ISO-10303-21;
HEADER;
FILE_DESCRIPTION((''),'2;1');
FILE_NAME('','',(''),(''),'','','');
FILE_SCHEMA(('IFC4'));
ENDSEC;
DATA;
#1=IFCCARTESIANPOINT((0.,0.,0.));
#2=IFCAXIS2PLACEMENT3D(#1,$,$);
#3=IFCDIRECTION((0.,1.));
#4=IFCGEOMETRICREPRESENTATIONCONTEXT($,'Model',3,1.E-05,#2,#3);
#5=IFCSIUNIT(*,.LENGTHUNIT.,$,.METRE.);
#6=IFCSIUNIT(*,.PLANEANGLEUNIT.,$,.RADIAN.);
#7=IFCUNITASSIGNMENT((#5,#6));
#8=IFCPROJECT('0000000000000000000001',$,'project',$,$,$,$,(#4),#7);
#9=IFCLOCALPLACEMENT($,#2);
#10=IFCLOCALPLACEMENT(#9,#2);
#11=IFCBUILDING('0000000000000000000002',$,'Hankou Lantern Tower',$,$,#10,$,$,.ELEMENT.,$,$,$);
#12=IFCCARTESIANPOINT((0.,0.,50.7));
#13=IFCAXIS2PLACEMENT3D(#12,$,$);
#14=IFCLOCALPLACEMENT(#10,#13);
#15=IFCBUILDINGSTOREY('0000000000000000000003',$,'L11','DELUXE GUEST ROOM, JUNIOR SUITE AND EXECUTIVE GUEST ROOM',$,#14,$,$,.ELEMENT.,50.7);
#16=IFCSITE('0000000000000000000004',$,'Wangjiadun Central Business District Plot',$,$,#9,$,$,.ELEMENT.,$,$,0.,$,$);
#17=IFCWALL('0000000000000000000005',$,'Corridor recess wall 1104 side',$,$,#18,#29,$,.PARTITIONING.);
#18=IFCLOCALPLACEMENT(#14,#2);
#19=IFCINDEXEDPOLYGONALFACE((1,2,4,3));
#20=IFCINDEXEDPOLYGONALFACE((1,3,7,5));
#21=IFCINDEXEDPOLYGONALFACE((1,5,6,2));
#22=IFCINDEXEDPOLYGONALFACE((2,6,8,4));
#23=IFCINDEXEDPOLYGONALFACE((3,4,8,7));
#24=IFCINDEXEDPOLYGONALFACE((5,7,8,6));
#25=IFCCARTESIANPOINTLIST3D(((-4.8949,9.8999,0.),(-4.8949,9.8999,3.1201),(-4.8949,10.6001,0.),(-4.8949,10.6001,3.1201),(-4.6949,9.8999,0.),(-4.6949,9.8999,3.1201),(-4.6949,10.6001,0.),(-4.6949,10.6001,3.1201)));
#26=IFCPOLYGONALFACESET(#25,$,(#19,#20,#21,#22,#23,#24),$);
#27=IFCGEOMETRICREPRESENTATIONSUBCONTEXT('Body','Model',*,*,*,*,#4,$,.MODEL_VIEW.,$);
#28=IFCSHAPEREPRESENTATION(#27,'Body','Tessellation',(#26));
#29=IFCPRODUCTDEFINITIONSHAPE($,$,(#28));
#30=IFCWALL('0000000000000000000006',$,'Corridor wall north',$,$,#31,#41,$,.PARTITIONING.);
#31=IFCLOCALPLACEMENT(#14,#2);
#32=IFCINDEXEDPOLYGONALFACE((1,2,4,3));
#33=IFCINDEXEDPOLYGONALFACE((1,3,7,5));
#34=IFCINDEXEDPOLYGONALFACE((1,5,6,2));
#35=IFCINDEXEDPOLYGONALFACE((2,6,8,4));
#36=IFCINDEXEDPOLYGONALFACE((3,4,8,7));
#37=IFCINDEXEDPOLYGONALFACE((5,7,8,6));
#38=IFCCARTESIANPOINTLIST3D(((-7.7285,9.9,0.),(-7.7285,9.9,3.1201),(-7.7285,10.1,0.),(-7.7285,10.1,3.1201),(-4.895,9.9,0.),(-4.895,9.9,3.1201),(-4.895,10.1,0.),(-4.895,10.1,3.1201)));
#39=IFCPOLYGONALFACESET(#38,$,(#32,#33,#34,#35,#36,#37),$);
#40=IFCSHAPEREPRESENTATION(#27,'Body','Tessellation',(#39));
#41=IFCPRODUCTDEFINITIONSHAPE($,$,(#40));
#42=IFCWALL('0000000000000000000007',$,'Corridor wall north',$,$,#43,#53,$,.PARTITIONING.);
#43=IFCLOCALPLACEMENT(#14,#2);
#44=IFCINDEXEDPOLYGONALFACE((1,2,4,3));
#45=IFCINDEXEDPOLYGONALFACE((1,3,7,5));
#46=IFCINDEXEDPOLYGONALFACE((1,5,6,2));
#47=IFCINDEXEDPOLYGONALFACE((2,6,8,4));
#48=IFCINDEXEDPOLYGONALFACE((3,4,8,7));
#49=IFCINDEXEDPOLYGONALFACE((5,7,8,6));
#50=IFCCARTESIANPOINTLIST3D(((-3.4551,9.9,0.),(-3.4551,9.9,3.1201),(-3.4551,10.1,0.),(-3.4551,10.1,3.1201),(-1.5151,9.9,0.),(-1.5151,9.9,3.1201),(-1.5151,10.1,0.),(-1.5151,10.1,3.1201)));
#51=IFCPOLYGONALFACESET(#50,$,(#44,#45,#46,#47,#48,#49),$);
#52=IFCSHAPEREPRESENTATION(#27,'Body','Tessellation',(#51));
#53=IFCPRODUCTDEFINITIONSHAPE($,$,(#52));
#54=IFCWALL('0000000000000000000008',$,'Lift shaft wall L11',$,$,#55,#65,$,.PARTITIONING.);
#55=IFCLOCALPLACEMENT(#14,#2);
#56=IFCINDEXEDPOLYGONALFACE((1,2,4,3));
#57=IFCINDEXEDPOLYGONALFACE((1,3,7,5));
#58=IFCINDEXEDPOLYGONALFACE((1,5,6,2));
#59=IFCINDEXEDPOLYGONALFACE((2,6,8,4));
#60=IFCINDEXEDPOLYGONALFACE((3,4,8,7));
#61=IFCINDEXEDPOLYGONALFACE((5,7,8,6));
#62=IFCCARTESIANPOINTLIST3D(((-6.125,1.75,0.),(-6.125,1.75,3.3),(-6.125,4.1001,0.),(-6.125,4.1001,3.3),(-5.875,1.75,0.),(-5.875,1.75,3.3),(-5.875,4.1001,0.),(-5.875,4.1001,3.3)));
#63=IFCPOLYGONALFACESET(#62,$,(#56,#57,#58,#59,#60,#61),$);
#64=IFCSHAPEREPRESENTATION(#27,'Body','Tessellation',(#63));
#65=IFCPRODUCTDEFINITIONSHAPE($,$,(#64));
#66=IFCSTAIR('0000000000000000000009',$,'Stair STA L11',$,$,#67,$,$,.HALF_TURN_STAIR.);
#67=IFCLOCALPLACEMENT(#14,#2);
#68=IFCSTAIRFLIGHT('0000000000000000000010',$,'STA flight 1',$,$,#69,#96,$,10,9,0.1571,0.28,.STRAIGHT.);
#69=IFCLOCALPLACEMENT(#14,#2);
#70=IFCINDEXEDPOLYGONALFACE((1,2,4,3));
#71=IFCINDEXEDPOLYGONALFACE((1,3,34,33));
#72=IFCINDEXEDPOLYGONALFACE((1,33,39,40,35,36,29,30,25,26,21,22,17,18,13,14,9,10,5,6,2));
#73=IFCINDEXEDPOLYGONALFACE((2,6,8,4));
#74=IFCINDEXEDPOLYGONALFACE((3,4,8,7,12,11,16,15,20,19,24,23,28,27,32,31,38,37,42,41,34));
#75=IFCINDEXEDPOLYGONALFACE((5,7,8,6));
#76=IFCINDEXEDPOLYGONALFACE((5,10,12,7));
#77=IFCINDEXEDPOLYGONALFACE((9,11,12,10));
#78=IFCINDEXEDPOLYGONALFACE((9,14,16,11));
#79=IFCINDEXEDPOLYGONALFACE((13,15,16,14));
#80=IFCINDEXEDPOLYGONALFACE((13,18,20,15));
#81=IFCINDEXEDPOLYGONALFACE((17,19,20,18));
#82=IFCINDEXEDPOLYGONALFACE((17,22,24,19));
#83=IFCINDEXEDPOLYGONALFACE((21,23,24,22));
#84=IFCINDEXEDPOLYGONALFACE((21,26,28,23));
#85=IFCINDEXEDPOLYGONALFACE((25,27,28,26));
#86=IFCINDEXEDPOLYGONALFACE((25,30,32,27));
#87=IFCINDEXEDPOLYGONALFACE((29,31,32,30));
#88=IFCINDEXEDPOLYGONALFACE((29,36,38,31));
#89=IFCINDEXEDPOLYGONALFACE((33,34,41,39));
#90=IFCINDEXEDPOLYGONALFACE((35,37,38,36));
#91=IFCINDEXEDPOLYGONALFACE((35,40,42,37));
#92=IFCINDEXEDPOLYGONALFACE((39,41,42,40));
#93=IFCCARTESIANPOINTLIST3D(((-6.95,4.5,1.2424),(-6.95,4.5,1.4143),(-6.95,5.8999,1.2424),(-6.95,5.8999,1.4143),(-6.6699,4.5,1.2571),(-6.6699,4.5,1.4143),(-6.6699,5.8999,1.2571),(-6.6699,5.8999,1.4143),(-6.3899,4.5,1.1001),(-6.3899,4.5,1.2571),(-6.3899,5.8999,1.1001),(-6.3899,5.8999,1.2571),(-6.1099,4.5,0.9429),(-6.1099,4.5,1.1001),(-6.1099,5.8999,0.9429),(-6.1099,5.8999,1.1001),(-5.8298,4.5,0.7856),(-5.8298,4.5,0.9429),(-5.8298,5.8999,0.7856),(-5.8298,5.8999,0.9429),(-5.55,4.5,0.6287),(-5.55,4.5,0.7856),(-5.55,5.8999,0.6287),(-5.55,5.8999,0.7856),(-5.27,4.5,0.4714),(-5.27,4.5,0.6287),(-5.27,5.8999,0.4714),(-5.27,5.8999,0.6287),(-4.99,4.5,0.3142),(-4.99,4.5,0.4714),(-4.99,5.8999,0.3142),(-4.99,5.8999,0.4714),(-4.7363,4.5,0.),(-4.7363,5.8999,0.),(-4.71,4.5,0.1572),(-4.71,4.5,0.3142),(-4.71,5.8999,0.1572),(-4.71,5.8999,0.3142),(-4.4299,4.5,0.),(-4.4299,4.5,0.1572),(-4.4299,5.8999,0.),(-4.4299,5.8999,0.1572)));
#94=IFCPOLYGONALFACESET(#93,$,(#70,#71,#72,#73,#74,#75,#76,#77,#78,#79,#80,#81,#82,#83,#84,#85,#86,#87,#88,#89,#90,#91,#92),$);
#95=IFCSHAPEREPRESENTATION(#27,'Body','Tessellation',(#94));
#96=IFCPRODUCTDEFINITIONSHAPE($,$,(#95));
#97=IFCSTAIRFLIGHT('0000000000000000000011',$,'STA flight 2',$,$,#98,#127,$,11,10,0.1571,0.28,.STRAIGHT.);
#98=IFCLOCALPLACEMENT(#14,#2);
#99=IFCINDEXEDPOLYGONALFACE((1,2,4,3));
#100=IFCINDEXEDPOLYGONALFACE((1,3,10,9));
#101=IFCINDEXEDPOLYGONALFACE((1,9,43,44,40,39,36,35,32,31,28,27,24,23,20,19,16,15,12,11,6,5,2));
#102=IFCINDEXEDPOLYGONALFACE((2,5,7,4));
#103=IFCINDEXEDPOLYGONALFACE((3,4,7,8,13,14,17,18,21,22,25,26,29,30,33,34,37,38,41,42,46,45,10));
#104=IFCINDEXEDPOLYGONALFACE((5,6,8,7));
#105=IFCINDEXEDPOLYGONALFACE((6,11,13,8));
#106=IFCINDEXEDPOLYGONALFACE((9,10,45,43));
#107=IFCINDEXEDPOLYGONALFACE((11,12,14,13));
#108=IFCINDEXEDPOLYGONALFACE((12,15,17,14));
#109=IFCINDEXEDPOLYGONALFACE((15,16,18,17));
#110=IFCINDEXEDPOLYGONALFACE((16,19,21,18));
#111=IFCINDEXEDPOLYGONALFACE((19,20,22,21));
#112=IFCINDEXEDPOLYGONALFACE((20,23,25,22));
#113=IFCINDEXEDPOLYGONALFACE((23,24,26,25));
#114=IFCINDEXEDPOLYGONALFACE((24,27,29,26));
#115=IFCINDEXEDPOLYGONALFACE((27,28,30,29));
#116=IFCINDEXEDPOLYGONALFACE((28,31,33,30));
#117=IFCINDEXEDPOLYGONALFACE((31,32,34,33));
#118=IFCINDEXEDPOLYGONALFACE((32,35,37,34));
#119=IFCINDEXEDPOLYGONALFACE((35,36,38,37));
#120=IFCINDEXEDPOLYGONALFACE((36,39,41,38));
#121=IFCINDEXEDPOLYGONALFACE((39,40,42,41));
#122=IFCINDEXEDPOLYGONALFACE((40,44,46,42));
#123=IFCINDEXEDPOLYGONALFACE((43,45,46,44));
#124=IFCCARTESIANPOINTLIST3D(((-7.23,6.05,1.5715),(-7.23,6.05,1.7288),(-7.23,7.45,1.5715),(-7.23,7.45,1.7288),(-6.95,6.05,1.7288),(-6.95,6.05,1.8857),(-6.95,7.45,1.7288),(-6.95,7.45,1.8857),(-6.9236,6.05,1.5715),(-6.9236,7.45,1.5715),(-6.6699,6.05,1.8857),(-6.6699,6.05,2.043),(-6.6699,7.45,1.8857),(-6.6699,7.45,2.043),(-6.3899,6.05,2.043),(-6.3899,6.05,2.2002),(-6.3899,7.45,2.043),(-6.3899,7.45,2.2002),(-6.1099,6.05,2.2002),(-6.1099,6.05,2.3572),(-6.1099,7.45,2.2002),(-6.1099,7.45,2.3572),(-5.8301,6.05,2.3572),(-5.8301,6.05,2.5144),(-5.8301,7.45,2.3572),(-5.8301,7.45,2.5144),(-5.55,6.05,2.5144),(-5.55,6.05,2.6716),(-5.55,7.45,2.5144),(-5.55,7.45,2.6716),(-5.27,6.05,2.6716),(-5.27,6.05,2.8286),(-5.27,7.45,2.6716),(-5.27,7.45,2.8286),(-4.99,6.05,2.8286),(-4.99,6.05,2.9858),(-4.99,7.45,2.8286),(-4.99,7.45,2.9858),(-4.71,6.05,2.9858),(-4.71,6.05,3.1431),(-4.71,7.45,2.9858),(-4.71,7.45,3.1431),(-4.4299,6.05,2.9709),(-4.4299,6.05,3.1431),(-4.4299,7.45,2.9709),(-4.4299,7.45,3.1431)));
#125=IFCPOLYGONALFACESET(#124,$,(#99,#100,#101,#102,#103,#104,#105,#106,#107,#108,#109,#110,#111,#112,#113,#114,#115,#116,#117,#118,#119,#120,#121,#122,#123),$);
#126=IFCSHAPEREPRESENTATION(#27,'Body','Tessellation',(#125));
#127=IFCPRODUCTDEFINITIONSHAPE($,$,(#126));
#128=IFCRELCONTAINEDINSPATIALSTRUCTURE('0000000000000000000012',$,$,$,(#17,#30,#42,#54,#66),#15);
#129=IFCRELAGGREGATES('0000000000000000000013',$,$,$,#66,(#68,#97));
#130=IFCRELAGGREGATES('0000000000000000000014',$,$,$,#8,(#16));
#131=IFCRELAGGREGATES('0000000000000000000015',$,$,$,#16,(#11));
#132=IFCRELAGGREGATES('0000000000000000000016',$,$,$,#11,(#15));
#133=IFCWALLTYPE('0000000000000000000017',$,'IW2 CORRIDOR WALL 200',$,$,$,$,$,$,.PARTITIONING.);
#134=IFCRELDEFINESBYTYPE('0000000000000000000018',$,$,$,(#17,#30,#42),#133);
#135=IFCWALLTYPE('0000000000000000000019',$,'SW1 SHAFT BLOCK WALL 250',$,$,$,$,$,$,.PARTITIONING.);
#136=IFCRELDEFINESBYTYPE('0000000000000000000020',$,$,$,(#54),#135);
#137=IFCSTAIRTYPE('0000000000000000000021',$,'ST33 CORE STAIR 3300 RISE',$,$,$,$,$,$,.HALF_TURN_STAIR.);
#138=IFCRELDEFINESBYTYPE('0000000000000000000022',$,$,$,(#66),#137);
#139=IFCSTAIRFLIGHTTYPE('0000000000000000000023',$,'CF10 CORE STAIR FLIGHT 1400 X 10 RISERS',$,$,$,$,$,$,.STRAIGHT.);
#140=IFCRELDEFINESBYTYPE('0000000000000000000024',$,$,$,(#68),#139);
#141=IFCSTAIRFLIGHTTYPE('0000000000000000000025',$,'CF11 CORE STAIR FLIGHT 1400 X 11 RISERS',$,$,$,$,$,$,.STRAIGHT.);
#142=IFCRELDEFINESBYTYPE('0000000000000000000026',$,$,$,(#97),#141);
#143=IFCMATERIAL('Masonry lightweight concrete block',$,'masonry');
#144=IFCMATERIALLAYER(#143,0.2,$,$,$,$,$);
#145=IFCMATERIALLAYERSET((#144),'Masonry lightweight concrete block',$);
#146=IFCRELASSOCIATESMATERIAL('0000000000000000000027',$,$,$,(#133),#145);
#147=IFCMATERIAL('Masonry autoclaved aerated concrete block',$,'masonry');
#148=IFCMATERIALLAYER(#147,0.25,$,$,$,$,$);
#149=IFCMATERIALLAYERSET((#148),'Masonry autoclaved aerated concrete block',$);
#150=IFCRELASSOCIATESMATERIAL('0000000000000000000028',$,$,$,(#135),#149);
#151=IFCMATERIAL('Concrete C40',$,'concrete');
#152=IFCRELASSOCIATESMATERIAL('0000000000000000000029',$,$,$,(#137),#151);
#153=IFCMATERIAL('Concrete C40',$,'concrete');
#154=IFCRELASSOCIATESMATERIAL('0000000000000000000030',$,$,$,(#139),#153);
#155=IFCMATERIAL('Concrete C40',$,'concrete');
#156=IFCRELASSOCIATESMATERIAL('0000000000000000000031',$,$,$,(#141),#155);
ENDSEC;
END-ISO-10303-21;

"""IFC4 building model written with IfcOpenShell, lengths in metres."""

from ifc_helpers import new_model, si_unit, direction, frame, frame_2d, origin, place, context, subcontext, project, spatial, polyline, rectangle, outline, extrude, material, layer, layer_set, type_object, element, aggregate, save


model = new_model("IFC4")

# Units and contexts
model_context = context("Model", 3, precision=1e-05, world=origin(), true_north=direction((0.0, 1.0)))
body_context = subcontext(model_context, "Body", "Model", "MODEL_VIEW")
ifc_project = project(units=[si_unit("LENGTHUNIT", "METRE"), si_unit("PLANEANGLEUNIT", "RADIAN")], contexts=[model_context])

# Site, building, storey
site_placement = place(None, origin())
site = spatial("IfcSite", under=ifc_project, at=site_placement, Name="Wangjiadun Central Business District Plot", CompositionType="ELEMENT", RefElevation=0.0)
building_placement = place(site_placement, origin())
building = spatial("IfcBuilding", under=site, at=building_placement, Name="Hankou Lantern Tower", CompositionType="ELEMENT")
storey_placement = place(building_placement, frame((0.0, 0.0, 50.7)))
storey = spatial("IfcBuildingStorey", under=building, at=storey_placement, Name="L11", Description="DELUXE GUEST ROOM, JUNIOR SUITE AND EXECUTIVE GUEST ROOM", CompositionType="ELEMENT", Elevation=50.7)

# Walls
ifc_material_1 = material(Name="Masonry lightweight concrete block", Category="masonry")
ifc_layer_1 = layer(ifc_material_1, 0.2)
ifc_layer_set_1 = layer_set([ifc_layer_1], Name="Masonry lightweight concrete block")
wall_type_1 = type_object("IfcWallType", Name="IW2 CORRIDOR WALL 200", PredefinedType="PARTITIONING", material=ifc_layer_set_1)
wall_1_placement = place(storey_placement, frame((-4.7949, 9.8999, 0.0), z_axis=(0.0, 0.0, 1.0), x_axis=(0.0, 1.0, 0.0)))
element("IfcWall", 1, at=wall_1_placement, inside=storey, type_object=wall_type_1, Name="Corridor recess wall 1104 side", PredefinedType="PARTITIONING", context=body_context, shape_type="SweptSolid", body=[
    extrude(rectangle(XDim=0.7002, YDim=0.2, at=frame_2d((0.3501, 0.0))), origin(), (0.0, 0.0, 1.0), 3.1201),
])
wall_2_placement = place(storey_placement, frame((-7.7285, 10.0, 0.0), z_axis=(0.0, 0.0, 1.0), x_axis=(1.0, 0.0, 0.0)))
element("IfcWall", 2, at=wall_2_placement, inside=storey, type_object=wall_type_1, Name="Corridor wall north", PredefinedType="PARTITIONING", context=body_context, shape_type="SweptSolid", body=[
    extrude(rectangle(XDim=2.8335, YDim=0.2, at=frame_2d((1.4167, 0.0))), origin(), (0.0, 0.0, 1.0), 3.1201),
])
wall_3_placement = place(storey_placement, frame((-3.4551, 10.0, 0.0), z_axis=(0.0, 0.0, 1.0), x_axis=(1.0, 0.0, 0.0)))
element("IfcWall", 3, at=wall_3_placement, inside=storey, type_object=wall_type_1, Name="Corridor wall north", PredefinedType="PARTITIONING", context=body_context, shape_type="SweptSolid", body=[
    extrude(rectangle(XDim=1.9399, YDim=0.2, at=frame_2d((0.97, 0.0))), origin(), (0.0, 0.0, 1.0), 3.1201),
])
ifc_material_2 = material(Name="Masonry autoclaved aerated concrete block", Category="masonry")
ifc_layer_2 = layer(ifc_material_2, 0.25)
ifc_layer_set_2 = layer_set([ifc_layer_2], Name="Masonry autoclaved aerated concrete block")
wall_type_2 = type_object("IfcWallType", Name="SW1 SHAFT BLOCK WALL 250", PredefinedType="PARTITIONING", material=ifc_layer_set_2)
wall_4_placement = place(storey_placement, frame((-6.0, 1.75, 0.0), z_axis=(0.0, 0.0, 1.0), x_axis=(0.0, 1.0, 0.0)))
element("IfcWall", 4, at=wall_4_placement, inside=storey, type_object=wall_type_2, Name="Lift shaft wall L11", PredefinedType="PARTITIONING", context=body_context, shape_type="SweptSolid", body=[
    extrude(rectangle(XDim=2.3501, YDim=0.25, at=frame_2d((1.175, 0.0))), origin(), (0.0, 0.0, 1.0), 3.3),
])

# Stair, stair flights
ifc_material_3 = material(Name="Concrete C40", Category="concrete")
stair_type = type_object("IfcStairType", Name="ST33 CORE STAIR 3300 RISE", PredefinedType="HALF_TURN_STAIR", material=ifc_material_3)
stair_placement = place(storey_placement, origin())
stair = element("IfcStair", 5, at=stair_placement, inside=storey, type_object=stair_type, Name="Stair STA L11", PredefinedType="HALF_TURN_STAIR")
ifc_material_4 = material(Name="Concrete C40", Category="concrete")
stair_flight_type_1 = type_object("IfcStairFlightType", Name="CF10 CORE STAIR FLIGHT 1400 X 10 RISERS", PredefinedType="STRAIGHT", material=ifc_material_4)
stair_flight_1_placement = place(storey_placement, frame((-4.4299, 5.2, 0.0), z_axis=(0.0, 0.0, 1.0), x_axis=(-1.0, 0.0, 0.0)))
stair_flight_1 = element("IfcStairFlight", 6, at=stair_flight_1_placement, type_object=stair_flight_type_1, Name="STA flight 1", NumberOfRisers=10, NumberOfTreads=9, PredefinedType="STRAIGHT", RiserHeight=0.1571, TreadLength=0.28, context=body_context, shape_type="SweptSolid", body=[
    extrude(outline(polyline([(0.0, 0.0), (0.0, 0.1572), (0.28, 0.1572), (0.28, 0.3142), (0.5601, 0.3142), (0.5601, 0.4714), (0.8401, 0.4714), (0.8401, 0.6287), (1.1201, 0.6287), (1.1201, 0.7856), (1.3999, 0.7856), (1.3999, 0.9429), (1.6799, 0.9429), (1.6799, 1.1001), (1.96, 1.1001), (1.96, 1.2571), (2.24, 1.2571), (2.24, 1.4143), (2.52, 1.4143), (2.52, 1.5715), (2.52, 1.2424), (0.3064, 0.0), (0.0, 0.0)])), frame((0.0, 0.7, 0.0), z_axis=(0.0, -1.0, 0.0), x_axis=(1.0, 0.0, 0.0)), (0.0, 0.0, 1.0), 1.3999),
])
ifc_material_5 = material(Name="Concrete C40", Category="concrete")
stair_flight_type_2 = type_object("IfcStairFlightType", Name="CF11 CORE STAIR FLIGHT 1400 X 11 RISERS", PredefinedType="STRAIGHT", material=ifc_material_5)
stair_flight_2_placement = place(storey_placement, frame((-7.23, 6.75, 1.5715), z_axis=(0.0, 0.0, 1.0), x_axis=(1.0, 0.0, 0.0)))
stair_flight_2 = element("IfcStairFlight", 7, at=stair_flight_2_placement, type_object=stair_flight_type_2, Name="STA flight 2", NumberOfRisers=11, NumberOfTreads=10, PredefinedType="STRAIGHT", RiserHeight=0.1571, TreadLength=0.28, context=body_context, shape_type="SweptSolid", body=[
    extrude(outline(polyline([(0.0, 0.0), (0.0, 0.1572), (0.28, 0.1572), (0.28, 0.3142), (0.5601, 0.3142), (0.5601, 0.4714), (0.8401, 0.4714), (0.8401, 0.6287), (1.1201, 0.6287), (1.1201, 0.7856), (1.3999, 0.7856), (1.3999, 0.9429), (1.6799, 0.9429), (1.6799, 1.1001), (1.96, 1.1001), (1.96, 1.2571), (2.24, 1.2571), (2.24, 1.4143), (2.52, 1.4143), (2.52, 1.5715), (2.8, 1.5715), (2.8, 1.7285), (2.8, 1.3994), (0.3064, 0.0), (0.0, 0.0)])), frame((0.0, 0.7, 0.0), z_axis=(0.0, -1.0, 0.0), x_axis=(1.0, 0.0, 0.0)), (0.0, 0.0, 1.0), 1.3999),
])
aggregate(stair, [stair_flight_1, stair_flight_2])

save(model, "model.ifc")
